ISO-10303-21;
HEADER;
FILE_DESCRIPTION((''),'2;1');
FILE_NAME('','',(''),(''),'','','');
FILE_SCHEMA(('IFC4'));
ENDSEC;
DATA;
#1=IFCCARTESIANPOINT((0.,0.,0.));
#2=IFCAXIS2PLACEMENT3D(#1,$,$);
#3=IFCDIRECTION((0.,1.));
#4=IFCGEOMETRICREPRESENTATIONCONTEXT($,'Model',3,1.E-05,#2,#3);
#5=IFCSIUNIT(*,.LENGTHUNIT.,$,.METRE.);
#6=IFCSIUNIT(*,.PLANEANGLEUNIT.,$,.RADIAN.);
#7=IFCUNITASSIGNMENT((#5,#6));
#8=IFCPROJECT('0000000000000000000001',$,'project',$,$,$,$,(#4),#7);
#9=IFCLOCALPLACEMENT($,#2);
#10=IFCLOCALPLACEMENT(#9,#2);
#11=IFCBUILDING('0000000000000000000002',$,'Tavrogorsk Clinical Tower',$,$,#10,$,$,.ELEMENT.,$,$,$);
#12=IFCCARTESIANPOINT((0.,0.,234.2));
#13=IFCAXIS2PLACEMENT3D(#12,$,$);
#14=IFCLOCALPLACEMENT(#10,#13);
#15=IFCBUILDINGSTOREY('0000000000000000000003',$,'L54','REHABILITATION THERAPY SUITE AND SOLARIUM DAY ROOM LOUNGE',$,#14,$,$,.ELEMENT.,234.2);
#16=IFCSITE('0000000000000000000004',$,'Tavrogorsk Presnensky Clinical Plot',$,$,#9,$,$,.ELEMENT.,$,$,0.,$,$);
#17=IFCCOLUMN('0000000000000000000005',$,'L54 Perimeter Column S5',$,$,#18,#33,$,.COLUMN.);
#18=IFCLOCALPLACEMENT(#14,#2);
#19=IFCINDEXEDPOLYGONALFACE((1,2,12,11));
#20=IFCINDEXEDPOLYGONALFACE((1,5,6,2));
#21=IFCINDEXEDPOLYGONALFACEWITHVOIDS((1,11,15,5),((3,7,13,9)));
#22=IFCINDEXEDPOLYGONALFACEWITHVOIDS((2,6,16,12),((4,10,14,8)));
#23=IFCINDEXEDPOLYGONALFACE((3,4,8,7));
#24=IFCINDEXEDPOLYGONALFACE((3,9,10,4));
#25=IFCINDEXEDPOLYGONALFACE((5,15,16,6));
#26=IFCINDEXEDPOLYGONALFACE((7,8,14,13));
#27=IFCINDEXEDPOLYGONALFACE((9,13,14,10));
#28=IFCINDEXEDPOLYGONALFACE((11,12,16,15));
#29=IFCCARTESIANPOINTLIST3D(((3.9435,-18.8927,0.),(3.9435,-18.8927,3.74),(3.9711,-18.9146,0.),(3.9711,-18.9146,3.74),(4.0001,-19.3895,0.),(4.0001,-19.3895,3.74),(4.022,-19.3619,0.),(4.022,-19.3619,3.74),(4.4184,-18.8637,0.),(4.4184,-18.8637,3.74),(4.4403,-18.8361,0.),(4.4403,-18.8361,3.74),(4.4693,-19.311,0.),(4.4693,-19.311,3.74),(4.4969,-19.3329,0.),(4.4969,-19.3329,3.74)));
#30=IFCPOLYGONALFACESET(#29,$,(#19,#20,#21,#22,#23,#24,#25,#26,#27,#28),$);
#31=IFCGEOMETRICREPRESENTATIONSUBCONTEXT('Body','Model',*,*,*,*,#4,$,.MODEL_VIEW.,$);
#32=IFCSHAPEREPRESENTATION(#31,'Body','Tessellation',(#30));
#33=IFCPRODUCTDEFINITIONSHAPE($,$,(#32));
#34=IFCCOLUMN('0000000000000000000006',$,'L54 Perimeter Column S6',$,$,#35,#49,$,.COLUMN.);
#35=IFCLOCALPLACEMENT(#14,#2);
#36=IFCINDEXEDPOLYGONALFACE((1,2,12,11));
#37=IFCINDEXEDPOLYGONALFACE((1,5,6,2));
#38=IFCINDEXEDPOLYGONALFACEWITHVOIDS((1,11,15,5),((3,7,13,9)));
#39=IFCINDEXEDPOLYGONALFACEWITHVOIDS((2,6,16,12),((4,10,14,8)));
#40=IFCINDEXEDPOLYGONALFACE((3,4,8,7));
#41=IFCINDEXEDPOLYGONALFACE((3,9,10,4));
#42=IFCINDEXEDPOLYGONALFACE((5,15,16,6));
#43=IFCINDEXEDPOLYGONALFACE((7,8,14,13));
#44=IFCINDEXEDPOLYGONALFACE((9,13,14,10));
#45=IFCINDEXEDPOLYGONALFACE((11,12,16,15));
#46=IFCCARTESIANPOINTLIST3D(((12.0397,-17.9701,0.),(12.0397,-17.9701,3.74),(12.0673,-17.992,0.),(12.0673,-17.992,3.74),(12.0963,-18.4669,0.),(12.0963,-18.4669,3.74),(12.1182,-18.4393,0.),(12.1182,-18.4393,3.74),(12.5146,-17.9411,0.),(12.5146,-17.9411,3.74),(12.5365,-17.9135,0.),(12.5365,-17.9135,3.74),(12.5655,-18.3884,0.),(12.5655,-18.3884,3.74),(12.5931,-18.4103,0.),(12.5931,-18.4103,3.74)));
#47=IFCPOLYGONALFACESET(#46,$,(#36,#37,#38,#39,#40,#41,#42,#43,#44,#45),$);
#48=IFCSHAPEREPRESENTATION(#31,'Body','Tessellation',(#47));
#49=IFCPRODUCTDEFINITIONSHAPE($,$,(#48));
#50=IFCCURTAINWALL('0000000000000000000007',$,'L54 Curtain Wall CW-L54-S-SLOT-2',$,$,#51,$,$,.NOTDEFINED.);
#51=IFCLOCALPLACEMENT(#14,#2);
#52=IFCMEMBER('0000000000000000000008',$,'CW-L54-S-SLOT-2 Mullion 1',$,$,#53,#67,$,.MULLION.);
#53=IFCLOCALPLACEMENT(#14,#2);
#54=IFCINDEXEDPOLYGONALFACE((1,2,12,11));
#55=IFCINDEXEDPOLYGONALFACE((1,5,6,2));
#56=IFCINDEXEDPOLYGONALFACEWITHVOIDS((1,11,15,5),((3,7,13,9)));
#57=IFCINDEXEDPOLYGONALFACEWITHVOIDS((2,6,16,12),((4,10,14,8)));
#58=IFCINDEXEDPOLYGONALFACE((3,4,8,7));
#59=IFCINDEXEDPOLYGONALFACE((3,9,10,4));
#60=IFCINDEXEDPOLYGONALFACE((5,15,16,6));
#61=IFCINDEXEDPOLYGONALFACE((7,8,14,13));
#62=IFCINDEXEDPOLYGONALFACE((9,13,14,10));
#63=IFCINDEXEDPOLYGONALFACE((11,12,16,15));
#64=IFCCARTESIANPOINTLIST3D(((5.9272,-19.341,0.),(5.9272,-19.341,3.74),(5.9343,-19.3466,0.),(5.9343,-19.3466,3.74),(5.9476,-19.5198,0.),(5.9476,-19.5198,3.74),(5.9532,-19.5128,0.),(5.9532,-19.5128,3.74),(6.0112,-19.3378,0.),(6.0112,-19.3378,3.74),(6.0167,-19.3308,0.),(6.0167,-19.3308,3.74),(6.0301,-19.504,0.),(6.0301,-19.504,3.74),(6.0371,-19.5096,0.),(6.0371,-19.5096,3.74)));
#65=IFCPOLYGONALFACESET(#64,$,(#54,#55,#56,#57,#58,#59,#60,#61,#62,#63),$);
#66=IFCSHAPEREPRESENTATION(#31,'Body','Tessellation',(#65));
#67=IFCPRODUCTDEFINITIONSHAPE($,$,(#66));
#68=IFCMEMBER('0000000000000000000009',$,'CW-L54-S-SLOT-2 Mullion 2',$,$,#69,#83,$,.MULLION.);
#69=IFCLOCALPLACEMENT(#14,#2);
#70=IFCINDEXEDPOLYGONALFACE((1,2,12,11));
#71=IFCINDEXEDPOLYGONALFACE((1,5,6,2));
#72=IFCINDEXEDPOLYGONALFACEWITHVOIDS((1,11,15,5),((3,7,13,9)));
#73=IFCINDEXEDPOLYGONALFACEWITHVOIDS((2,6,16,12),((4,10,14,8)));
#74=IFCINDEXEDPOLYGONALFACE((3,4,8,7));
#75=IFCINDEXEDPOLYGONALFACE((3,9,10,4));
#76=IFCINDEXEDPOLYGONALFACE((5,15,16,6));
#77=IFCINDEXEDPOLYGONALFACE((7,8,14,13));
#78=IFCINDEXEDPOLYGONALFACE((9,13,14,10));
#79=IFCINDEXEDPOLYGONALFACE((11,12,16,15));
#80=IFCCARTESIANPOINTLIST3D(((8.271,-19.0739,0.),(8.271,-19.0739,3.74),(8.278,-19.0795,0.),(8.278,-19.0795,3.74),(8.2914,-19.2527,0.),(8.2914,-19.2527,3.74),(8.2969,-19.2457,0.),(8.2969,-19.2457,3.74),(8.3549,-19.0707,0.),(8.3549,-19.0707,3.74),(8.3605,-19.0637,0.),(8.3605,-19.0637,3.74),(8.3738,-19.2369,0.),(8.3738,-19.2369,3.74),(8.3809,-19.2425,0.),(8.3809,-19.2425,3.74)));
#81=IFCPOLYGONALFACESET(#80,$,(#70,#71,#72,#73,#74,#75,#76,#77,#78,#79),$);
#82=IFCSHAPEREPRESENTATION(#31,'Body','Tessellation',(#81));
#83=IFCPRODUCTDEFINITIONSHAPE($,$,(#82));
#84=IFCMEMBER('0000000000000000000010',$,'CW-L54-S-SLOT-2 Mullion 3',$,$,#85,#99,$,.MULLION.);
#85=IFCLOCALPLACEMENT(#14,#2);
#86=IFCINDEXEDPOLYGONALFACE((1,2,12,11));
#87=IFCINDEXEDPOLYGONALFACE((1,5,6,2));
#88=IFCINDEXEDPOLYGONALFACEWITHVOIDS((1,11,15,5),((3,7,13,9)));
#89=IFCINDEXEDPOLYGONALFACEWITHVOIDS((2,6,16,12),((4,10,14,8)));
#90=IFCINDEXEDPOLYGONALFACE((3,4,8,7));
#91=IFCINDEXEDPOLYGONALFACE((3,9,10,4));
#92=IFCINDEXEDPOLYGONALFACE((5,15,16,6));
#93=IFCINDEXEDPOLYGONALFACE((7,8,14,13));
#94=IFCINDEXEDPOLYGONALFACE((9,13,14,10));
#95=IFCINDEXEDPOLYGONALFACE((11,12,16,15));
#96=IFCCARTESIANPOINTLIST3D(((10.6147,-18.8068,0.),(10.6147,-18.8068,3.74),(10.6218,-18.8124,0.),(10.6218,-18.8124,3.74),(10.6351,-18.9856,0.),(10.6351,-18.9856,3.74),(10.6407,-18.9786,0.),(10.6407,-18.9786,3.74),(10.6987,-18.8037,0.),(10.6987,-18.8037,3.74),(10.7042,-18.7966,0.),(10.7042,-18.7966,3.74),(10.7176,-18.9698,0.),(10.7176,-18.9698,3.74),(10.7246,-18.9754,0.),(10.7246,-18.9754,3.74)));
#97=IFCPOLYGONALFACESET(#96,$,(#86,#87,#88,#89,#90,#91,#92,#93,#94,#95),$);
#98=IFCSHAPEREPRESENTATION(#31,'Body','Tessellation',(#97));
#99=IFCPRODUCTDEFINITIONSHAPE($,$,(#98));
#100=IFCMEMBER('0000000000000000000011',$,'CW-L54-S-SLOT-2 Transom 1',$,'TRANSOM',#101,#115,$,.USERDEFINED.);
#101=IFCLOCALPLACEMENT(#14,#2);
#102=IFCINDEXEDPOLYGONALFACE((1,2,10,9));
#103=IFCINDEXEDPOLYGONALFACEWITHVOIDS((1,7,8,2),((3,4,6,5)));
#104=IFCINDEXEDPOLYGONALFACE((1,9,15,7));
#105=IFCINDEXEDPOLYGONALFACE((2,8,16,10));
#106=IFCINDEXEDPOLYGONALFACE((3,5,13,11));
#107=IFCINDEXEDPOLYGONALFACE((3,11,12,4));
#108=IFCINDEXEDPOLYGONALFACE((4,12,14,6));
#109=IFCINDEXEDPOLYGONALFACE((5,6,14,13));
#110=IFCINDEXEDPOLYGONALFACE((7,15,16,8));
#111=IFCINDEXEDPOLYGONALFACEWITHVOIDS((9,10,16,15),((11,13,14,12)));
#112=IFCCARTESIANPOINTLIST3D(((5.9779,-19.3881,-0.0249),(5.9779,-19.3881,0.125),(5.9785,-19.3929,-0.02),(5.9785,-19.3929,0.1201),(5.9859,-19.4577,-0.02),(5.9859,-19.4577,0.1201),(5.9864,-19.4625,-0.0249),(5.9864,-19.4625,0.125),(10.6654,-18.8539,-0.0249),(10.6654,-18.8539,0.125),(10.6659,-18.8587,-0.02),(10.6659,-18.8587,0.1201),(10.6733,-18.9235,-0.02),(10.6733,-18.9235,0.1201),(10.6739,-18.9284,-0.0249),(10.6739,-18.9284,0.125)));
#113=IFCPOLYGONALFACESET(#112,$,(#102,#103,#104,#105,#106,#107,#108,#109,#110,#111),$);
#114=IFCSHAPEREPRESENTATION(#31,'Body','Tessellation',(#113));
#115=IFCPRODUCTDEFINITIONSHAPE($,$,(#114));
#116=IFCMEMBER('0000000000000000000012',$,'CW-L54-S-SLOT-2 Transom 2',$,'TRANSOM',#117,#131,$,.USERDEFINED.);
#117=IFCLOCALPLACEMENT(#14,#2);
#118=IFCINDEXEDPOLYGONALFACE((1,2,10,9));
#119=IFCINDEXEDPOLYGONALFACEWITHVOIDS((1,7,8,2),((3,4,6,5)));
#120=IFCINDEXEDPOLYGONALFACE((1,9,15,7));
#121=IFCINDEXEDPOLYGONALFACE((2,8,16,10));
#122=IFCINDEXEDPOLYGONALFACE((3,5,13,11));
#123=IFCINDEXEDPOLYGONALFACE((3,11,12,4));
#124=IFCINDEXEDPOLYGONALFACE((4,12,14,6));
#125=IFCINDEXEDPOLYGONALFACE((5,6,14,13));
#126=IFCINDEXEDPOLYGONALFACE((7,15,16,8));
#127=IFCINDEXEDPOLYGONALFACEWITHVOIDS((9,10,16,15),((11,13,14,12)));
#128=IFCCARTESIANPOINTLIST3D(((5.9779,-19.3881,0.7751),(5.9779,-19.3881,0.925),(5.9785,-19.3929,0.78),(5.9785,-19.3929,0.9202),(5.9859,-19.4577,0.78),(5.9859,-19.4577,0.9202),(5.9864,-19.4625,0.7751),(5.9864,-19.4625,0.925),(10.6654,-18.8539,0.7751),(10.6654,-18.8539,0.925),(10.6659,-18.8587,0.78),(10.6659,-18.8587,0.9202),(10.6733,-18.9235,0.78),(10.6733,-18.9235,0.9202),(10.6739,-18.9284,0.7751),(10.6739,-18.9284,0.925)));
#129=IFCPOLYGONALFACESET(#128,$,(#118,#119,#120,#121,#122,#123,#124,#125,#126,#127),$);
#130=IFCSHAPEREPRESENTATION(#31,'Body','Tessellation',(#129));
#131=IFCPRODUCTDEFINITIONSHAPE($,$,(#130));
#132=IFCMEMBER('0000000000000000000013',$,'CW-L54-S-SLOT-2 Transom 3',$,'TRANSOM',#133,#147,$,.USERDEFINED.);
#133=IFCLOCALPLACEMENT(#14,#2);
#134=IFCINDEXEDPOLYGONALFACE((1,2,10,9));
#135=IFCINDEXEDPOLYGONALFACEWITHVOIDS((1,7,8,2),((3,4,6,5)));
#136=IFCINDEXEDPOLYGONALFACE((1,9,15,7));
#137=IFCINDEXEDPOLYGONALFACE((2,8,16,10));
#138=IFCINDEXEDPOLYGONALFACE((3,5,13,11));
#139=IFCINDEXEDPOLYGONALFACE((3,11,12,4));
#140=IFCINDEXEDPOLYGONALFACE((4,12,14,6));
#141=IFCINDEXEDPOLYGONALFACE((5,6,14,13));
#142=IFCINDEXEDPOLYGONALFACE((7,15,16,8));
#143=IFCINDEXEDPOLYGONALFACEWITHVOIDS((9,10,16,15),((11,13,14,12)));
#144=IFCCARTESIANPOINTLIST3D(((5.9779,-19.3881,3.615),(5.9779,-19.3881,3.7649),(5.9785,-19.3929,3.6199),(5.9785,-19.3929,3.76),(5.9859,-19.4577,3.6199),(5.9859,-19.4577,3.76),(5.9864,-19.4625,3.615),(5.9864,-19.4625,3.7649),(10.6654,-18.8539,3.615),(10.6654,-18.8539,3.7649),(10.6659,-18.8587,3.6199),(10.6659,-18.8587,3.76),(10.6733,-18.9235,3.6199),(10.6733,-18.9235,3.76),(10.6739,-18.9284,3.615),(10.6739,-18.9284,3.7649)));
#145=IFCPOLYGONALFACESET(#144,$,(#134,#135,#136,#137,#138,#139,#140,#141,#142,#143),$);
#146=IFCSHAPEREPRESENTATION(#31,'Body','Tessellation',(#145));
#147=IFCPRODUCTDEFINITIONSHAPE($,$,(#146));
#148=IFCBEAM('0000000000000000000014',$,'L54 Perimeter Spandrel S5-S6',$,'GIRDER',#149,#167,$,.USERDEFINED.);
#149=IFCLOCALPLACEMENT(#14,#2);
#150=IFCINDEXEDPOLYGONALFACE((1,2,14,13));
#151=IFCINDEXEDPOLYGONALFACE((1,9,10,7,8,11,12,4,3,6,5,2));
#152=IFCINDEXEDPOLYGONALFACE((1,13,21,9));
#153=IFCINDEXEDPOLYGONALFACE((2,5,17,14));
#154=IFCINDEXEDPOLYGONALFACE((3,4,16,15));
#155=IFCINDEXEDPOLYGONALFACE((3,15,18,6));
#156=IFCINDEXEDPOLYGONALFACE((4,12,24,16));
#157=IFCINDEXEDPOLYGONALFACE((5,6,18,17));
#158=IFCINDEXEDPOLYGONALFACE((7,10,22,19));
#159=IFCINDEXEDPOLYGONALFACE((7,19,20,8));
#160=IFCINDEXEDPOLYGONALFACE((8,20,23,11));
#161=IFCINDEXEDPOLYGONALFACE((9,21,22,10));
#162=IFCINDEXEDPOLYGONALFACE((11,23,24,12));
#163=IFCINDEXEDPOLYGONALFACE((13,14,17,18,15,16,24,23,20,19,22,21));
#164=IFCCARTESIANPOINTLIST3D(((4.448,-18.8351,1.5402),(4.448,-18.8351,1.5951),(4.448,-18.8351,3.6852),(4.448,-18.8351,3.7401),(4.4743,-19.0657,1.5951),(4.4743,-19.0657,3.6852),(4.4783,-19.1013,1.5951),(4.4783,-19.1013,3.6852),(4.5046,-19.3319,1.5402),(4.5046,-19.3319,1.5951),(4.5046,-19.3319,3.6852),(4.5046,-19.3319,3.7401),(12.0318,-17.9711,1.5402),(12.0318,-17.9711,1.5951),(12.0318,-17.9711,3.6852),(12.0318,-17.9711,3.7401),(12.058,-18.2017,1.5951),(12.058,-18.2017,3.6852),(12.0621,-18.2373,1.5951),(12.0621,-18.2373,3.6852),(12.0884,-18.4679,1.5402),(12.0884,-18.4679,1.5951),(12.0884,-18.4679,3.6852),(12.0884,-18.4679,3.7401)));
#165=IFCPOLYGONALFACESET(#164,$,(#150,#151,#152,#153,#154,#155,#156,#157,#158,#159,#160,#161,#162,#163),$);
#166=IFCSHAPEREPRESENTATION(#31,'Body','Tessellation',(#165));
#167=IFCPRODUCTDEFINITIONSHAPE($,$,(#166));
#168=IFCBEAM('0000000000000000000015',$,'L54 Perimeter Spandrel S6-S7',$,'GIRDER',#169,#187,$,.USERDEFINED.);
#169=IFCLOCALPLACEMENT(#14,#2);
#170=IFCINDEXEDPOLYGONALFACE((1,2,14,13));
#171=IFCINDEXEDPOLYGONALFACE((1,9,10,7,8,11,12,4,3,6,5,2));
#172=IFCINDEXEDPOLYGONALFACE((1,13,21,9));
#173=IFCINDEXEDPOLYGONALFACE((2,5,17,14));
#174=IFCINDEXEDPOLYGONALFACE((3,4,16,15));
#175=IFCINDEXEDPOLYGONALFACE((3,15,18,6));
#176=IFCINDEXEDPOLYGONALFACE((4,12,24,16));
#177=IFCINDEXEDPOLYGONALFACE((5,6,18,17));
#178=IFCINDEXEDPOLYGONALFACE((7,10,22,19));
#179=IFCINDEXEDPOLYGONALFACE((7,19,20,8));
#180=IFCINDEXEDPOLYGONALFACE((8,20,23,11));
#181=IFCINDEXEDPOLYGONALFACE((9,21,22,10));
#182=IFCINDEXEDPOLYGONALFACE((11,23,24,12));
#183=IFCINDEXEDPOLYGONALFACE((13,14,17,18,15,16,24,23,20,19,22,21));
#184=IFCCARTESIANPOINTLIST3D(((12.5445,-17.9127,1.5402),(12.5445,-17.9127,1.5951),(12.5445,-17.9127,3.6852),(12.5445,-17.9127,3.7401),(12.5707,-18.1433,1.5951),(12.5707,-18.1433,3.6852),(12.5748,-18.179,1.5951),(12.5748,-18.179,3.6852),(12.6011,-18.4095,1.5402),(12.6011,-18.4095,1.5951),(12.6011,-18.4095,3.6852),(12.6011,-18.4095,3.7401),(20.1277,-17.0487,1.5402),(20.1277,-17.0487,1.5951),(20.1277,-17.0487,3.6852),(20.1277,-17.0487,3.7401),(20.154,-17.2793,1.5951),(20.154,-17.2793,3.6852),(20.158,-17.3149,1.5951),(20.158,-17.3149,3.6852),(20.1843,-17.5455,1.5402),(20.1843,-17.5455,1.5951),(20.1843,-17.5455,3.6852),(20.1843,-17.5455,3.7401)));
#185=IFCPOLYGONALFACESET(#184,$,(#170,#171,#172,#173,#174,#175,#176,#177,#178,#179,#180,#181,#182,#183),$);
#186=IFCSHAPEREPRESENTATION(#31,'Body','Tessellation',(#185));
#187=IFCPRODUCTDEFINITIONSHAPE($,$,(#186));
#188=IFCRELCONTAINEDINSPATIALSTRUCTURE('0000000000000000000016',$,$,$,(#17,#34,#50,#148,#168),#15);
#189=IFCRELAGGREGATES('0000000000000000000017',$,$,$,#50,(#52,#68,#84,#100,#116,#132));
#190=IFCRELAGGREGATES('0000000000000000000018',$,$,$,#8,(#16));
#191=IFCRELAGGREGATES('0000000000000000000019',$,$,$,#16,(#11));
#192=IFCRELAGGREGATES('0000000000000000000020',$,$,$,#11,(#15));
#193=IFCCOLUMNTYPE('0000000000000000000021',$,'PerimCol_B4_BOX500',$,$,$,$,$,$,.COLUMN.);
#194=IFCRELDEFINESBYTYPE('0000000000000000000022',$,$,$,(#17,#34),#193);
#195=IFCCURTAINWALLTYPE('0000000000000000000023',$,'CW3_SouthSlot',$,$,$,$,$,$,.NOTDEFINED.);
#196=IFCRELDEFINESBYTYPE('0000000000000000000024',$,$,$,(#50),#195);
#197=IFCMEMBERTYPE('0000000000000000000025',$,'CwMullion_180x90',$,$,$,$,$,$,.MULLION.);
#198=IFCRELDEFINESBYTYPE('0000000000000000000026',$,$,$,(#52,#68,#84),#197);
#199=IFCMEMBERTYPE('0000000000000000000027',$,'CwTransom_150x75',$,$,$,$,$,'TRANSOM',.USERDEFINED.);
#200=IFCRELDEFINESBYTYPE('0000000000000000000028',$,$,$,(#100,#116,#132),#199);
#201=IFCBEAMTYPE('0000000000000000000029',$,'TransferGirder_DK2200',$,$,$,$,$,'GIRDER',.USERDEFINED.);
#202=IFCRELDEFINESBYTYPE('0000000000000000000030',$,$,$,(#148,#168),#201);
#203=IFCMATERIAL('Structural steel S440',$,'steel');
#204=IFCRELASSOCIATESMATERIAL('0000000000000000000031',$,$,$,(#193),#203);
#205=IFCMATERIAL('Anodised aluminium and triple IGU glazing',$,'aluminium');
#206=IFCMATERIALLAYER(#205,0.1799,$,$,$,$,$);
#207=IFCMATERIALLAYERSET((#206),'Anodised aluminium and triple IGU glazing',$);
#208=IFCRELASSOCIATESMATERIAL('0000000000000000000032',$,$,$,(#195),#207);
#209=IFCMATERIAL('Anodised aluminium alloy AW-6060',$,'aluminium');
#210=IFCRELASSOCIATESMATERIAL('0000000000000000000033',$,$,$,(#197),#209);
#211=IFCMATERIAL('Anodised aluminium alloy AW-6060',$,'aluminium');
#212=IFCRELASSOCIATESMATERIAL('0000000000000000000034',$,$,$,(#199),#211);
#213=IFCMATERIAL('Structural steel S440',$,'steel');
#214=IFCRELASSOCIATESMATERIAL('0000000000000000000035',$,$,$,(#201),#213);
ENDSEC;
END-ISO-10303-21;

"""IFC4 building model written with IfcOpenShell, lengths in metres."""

from ifc_helpers import new_model, si_unit, direction, frame, origin, origin_2d, place, context, subcontext, project, spatial, hollow_rectangle, i_section, extrude, material, layer, layer_set, material_profile, profile_set, type_object, element, aggregate, save


model = new_model("IFC4")

# Units and contexts
model_context = context("Model", 3, precision=1e-05, world=origin(), true_north=direction((0.0, 1.0)))
body_context = subcontext(model_context, "Body", "Model", "MODEL_VIEW")
ifc_project = project(units=[si_unit("LENGTHUNIT", "METRE"), si_unit("PLANEANGLEUNIT", "RADIAN")], contexts=[model_context])

# Site, building, storey
site_placement = place(None, origin())
site = spatial("IfcSite", under=ifc_project, at=site_placement, Name="Tavrogorsk Presnensky Clinical Plot", CompositionType="ELEMENT", RefElevation=0.0)
building_placement = place(site_placement, origin())
building = spatial("IfcBuilding", under=site, at=building_placement, Name="Tavrogorsk Clinical Tower", CompositionType="ELEMENT")
storey_placement = place(building_placement, frame((0.0, 0.0, 234.2)))
storey = spatial("IfcBuildingStorey", under=building, at=storey_placement, Name="L54", Description="REHABILITATION THERAPY SUITE AND SOLARIUM DAY ROOM LOUNGE", CompositionType="ELEMENT", Elevation=234.2)

# Columns
ifc_material_1 = material(Name="Structural steel S440", Category="steel")
ifc_material_profile_1 = material_profile(ifc_material_1, hollow_rectangle(XDim=0.5, YDim=0.5, WallThickness=0.0249, at=origin_2d()), Name="BOX-500x500x25")
ifc_profile_set_1 = profile_set([ifc_material_profile_1], Name="Structural steel S440")
column_type = type_object("IfcColumnType", Name="PerimCol_B4_BOX500", PredefinedType="COLUMN", material=ifc_profile_set_1)
for number, where, z_axis, x_axis, name in (
    (1, (4.2202, -19.1128, 0.0), (0.0, 0.0, 1.0), (0.993572, 0.113203, 0.0), "L54 Perimeter Column S5"),
    (2, (12.3164, -18.1902, 0.0), (0.0, 0.0, 1.0), (0.993572, 0.113203, 0.0), "L54 Perimeter Column S6"),
):
    element("IfcColumn", number, at=place(storey_placement, frame(where, z_axis=z_axis, x_axis=x_axis)), inside=storey, type_object=column_type, Name=name, PredefinedType="COLUMN", context=body_context, shape_type="SweptSolid", body=[
        extrude(hollow_rectangle(XDim=0.5, YDim=0.5, WallThickness=0.0249, at=origin_2d()), origin(), (0.0, 0.0, 1.0), 3.74),
    ])

# Curtain wall, members
ifc_material_2 = material(Name="Anodised aluminium and triple IGU glazing", Category="aluminium")
ifc_layer_1 = layer(ifc_material_2, 0.1799)
ifc_layer_set_1 = layer_set([ifc_layer_1], Name="Anodised aluminium and triple IGU glazing")
curtain_wall_type = type_object("IfcCurtainWallType", Name="CW3_SouthSlot", PredefinedType="NOTDEFINED", material=ifc_layer_set_1)
curtain_wall_placement = place(storey_placement, origin())
curtain_wall = element("IfcCurtainWall", 3, at=curtain_wall_placement, inside=storey, type_object=curtain_wall_type, Name="L54 Curtain Wall CW-L54-S-SLOT-2", PredefinedType="NOTDEFINED")
ifc_material_3 = material(Name="Anodised aluminium alloy AW-6060", Category="aluminium")
ifc_material_profile_2 = material_profile(ifc_material_3, hollow_rectangle(XDim=0.0901, YDim=0.1799, WallThickness=0.0063, at=origin_2d()), Name="RHS-180x90x6.3")
ifc_profile_set_2 = profile_set([ifc_material_profile_2], Name="Anodised aluminium alloy AW-6060")
member_type_1 = type_object("IfcMemberType", Name="CwMullion_180x90", PredefinedType="MULLION", material=ifc_profile_set_2)
member_1_placement = place(storey_placement, frame((5.9822, -19.4253, 0.0), z_axis=(0.0, 0.0, 1.0), x_axis=(0.993572, 0.113203, 0.0)))
member_1 = element("IfcMember", 4, at=member_1_placement, type_object=member_type_1, Name="CW-L54-S-SLOT-2 Mullion 1", PredefinedType="MULLION", context=body_context, shape_type="SweptSolid", body=[
    extrude(hollow_rectangle(XDim=0.0901, YDim=0.1799, WallThickness=0.0063, at=origin_2d()), origin(), (0.0, 0.0, 1.0), 3.74),
])
member_2_placement = place(storey_placement, frame((8.3259, -19.1582, 0.0), z_axis=(0.0, 0.0, 1.0), x_axis=(0.993572, 0.113203, 0.0)))
member_2 = element("IfcMember", 5, at=member_2_placement, type_object=member_type_1, Name="CW-L54-S-SLOT-2 Mullion 2", PredefinedType="MULLION", context=body_context, shape_type="SweptSolid", body=[
    extrude(hollow_rectangle(XDim=0.0901, YDim=0.1799, WallThickness=0.0063, at=origin_2d()), origin(), (0.0, 0.0, 1.0), 3.74),
])
member_3_placement = place(storey_placement, frame((10.6697, -18.8911, 0.0), z_axis=(0.0, 0.0, 1.0), x_axis=(0.993572, 0.113203, 0.0)))
member_3 = element("IfcMember", 6, at=member_3_placement, type_object=member_type_1, Name="CW-L54-S-SLOT-2 Mullion 3", PredefinedType="MULLION", context=body_context, shape_type="SweptSolid", body=[
    extrude(hollow_rectangle(XDim=0.0901, YDim=0.1799, WallThickness=0.0063, at=origin_2d()), origin(), (0.0, 0.0, 1.0), 3.74),
])
ifc_material_4 = material(Name="Anodised aluminium alloy AW-6060", Category="aluminium")
ifc_material_profile_3 = material_profile(ifc_material_4, hollow_rectangle(XDim=0.075, YDim=0.1499, WallThickness=0.0049, at=origin_2d()), Name="RHS-150x75x5")
ifc_profile_set_3 = profile_set([ifc_material_profile_3], Name="Anodised aluminium alloy AW-6060")
member_type_2 = type_object("IfcMemberType", Name="CwTransom_150x75", ElementType="TRANSOM", PredefinedType="USERDEFINED", material=ifc_profile_set_3)
member_4_placement = place(storey_placement, frame((5.9822, -19.4253, 0.05), z_axis=(0.993569, 0.113226, 0.0), x_axis=(-0.113226, 0.993569, 0.0)))
member_4 = element("IfcMember", 7, at=member_4_placement, type_object=member_type_2, Name="CW-L54-S-SLOT-2 Transom 1", ObjectType="TRANSOM", PredefinedType="USERDEFINED", context=body_context, shape_type="SweptSolid", body=[
    extrude(hollow_rectangle(XDim=0.075, YDim=0.1499, WallThickness=0.0049, at=origin_2d()), origin(), (0.0, 0.0, 1.0), 4.7178),
])
member_5_placement = place(storey_placement, frame((5.9822, -19.4253, 0.8501), z_axis=(0.993569, 0.113226, 0.0), x_axis=(-0.113226, 0.993569, 0.0)))
member_5 = element("IfcMember", 8, at=member_5_placement, type_object=member_type_2, Name="CW-L54-S-SLOT-2 Transom 2", ObjectType="TRANSOM", PredefinedType="USERDEFINED", context=body_context, shape_type="SweptSolid", body=[
    extrude(hollow_rectangle(XDim=0.075, YDim=0.1499, WallThickness=0.0049, at=origin_2d()), origin(), (0.0, 0.0, 1.0), 4.7178),
])
member_6_placement = place(storey_placement, frame((5.9822, -19.4253, 3.6899), z_axis=(0.993569, 0.113226, 0.0), x_axis=(-0.113226, 0.993569, 0.0)))
member_6 = element("IfcMember", 9, at=member_6_placement, type_object=member_type_2, Name="CW-L54-S-SLOT-2 Transom 3", ObjectType="TRANSOM", PredefinedType="USERDEFINED", context=body_context, shape_type="SweptSolid", body=[
    extrude(hollow_rectangle(XDim=0.075, YDim=0.1499, WallThickness=0.0049, at=origin_2d()), origin(), (0.0, 0.0, 1.0), 4.7178),
])

# Beams
ifc_material_5 = material(Name="Structural steel S440", Category="steel")
ifc_material_profile_4 = material_profile(ifc_material_5, i_section(OverallWidth=0.5, OverallDepth=2.2, WebThickness=0.0359, FlangeThickness=0.0549, at=origin_2d()), Name="DK-2200x500x36x55")
ifc_profile_set_4 = profile_set([ifc_material_profile_4], Name="Structural steel S440")
beam_type = type_object("IfcBeamType", Name="TransferGirder_DK2200", ElementType="GIRDER", PredefinedType="USERDEFINED", material=ifc_profile_set_4)
beam_1_placement = place(storey_placement, frame((4.4763, -19.0835, 2.6401), z_axis=(0.993573, 0.113197, 0.0), x_axis=(-0.113197, 0.993573, 0.0)))
element("IfcBeam", 10, at=beam_1_placement, inside=storey, type_object=beam_type, Name="L54 Perimeter Spandrel S5-S6", ObjectType="GIRDER", PredefinedType="USERDEFINED", context=body_context, shape_type="SweptSolid", body=[
    extrude(i_section(OverallWidth=0.5, OverallDepth=2.2, WebThickness=0.0359, FlangeThickness=0.0549, at=origin_2d()), origin(), (0.0, 0.0, 1.0), 7.6328),
])
beam_2_placement = place(storey_placement, frame((12.5728, -18.1611, 2.6401), z_axis=(0.993572, 0.113205, 0.0), x_axis=(-0.113205, 0.993572, 0.0)))
element("IfcBeam", 11, at=beam_2_placement, inside=storey, type_object=beam_type, Name="L54 Perimeter Spandrel S6-S7", ObjectType="GIRDER", PredefinedType="USERDEFINED", context=body_context, shape_type="SweptSolid", body=[
    extrude(i_section(OverallWidth=0.5, OverallDepth=2.2, WebThickness=0.0359, FlangeThickness=0.0549, at=origin_2d()), origin(), (0.0, 0.0, 1.0), 7.6323),
])

aggregate(curtain_wall, [member_1, member_2, member_3, member_4, member_5, member_6])

save(model, "model.ifc")
